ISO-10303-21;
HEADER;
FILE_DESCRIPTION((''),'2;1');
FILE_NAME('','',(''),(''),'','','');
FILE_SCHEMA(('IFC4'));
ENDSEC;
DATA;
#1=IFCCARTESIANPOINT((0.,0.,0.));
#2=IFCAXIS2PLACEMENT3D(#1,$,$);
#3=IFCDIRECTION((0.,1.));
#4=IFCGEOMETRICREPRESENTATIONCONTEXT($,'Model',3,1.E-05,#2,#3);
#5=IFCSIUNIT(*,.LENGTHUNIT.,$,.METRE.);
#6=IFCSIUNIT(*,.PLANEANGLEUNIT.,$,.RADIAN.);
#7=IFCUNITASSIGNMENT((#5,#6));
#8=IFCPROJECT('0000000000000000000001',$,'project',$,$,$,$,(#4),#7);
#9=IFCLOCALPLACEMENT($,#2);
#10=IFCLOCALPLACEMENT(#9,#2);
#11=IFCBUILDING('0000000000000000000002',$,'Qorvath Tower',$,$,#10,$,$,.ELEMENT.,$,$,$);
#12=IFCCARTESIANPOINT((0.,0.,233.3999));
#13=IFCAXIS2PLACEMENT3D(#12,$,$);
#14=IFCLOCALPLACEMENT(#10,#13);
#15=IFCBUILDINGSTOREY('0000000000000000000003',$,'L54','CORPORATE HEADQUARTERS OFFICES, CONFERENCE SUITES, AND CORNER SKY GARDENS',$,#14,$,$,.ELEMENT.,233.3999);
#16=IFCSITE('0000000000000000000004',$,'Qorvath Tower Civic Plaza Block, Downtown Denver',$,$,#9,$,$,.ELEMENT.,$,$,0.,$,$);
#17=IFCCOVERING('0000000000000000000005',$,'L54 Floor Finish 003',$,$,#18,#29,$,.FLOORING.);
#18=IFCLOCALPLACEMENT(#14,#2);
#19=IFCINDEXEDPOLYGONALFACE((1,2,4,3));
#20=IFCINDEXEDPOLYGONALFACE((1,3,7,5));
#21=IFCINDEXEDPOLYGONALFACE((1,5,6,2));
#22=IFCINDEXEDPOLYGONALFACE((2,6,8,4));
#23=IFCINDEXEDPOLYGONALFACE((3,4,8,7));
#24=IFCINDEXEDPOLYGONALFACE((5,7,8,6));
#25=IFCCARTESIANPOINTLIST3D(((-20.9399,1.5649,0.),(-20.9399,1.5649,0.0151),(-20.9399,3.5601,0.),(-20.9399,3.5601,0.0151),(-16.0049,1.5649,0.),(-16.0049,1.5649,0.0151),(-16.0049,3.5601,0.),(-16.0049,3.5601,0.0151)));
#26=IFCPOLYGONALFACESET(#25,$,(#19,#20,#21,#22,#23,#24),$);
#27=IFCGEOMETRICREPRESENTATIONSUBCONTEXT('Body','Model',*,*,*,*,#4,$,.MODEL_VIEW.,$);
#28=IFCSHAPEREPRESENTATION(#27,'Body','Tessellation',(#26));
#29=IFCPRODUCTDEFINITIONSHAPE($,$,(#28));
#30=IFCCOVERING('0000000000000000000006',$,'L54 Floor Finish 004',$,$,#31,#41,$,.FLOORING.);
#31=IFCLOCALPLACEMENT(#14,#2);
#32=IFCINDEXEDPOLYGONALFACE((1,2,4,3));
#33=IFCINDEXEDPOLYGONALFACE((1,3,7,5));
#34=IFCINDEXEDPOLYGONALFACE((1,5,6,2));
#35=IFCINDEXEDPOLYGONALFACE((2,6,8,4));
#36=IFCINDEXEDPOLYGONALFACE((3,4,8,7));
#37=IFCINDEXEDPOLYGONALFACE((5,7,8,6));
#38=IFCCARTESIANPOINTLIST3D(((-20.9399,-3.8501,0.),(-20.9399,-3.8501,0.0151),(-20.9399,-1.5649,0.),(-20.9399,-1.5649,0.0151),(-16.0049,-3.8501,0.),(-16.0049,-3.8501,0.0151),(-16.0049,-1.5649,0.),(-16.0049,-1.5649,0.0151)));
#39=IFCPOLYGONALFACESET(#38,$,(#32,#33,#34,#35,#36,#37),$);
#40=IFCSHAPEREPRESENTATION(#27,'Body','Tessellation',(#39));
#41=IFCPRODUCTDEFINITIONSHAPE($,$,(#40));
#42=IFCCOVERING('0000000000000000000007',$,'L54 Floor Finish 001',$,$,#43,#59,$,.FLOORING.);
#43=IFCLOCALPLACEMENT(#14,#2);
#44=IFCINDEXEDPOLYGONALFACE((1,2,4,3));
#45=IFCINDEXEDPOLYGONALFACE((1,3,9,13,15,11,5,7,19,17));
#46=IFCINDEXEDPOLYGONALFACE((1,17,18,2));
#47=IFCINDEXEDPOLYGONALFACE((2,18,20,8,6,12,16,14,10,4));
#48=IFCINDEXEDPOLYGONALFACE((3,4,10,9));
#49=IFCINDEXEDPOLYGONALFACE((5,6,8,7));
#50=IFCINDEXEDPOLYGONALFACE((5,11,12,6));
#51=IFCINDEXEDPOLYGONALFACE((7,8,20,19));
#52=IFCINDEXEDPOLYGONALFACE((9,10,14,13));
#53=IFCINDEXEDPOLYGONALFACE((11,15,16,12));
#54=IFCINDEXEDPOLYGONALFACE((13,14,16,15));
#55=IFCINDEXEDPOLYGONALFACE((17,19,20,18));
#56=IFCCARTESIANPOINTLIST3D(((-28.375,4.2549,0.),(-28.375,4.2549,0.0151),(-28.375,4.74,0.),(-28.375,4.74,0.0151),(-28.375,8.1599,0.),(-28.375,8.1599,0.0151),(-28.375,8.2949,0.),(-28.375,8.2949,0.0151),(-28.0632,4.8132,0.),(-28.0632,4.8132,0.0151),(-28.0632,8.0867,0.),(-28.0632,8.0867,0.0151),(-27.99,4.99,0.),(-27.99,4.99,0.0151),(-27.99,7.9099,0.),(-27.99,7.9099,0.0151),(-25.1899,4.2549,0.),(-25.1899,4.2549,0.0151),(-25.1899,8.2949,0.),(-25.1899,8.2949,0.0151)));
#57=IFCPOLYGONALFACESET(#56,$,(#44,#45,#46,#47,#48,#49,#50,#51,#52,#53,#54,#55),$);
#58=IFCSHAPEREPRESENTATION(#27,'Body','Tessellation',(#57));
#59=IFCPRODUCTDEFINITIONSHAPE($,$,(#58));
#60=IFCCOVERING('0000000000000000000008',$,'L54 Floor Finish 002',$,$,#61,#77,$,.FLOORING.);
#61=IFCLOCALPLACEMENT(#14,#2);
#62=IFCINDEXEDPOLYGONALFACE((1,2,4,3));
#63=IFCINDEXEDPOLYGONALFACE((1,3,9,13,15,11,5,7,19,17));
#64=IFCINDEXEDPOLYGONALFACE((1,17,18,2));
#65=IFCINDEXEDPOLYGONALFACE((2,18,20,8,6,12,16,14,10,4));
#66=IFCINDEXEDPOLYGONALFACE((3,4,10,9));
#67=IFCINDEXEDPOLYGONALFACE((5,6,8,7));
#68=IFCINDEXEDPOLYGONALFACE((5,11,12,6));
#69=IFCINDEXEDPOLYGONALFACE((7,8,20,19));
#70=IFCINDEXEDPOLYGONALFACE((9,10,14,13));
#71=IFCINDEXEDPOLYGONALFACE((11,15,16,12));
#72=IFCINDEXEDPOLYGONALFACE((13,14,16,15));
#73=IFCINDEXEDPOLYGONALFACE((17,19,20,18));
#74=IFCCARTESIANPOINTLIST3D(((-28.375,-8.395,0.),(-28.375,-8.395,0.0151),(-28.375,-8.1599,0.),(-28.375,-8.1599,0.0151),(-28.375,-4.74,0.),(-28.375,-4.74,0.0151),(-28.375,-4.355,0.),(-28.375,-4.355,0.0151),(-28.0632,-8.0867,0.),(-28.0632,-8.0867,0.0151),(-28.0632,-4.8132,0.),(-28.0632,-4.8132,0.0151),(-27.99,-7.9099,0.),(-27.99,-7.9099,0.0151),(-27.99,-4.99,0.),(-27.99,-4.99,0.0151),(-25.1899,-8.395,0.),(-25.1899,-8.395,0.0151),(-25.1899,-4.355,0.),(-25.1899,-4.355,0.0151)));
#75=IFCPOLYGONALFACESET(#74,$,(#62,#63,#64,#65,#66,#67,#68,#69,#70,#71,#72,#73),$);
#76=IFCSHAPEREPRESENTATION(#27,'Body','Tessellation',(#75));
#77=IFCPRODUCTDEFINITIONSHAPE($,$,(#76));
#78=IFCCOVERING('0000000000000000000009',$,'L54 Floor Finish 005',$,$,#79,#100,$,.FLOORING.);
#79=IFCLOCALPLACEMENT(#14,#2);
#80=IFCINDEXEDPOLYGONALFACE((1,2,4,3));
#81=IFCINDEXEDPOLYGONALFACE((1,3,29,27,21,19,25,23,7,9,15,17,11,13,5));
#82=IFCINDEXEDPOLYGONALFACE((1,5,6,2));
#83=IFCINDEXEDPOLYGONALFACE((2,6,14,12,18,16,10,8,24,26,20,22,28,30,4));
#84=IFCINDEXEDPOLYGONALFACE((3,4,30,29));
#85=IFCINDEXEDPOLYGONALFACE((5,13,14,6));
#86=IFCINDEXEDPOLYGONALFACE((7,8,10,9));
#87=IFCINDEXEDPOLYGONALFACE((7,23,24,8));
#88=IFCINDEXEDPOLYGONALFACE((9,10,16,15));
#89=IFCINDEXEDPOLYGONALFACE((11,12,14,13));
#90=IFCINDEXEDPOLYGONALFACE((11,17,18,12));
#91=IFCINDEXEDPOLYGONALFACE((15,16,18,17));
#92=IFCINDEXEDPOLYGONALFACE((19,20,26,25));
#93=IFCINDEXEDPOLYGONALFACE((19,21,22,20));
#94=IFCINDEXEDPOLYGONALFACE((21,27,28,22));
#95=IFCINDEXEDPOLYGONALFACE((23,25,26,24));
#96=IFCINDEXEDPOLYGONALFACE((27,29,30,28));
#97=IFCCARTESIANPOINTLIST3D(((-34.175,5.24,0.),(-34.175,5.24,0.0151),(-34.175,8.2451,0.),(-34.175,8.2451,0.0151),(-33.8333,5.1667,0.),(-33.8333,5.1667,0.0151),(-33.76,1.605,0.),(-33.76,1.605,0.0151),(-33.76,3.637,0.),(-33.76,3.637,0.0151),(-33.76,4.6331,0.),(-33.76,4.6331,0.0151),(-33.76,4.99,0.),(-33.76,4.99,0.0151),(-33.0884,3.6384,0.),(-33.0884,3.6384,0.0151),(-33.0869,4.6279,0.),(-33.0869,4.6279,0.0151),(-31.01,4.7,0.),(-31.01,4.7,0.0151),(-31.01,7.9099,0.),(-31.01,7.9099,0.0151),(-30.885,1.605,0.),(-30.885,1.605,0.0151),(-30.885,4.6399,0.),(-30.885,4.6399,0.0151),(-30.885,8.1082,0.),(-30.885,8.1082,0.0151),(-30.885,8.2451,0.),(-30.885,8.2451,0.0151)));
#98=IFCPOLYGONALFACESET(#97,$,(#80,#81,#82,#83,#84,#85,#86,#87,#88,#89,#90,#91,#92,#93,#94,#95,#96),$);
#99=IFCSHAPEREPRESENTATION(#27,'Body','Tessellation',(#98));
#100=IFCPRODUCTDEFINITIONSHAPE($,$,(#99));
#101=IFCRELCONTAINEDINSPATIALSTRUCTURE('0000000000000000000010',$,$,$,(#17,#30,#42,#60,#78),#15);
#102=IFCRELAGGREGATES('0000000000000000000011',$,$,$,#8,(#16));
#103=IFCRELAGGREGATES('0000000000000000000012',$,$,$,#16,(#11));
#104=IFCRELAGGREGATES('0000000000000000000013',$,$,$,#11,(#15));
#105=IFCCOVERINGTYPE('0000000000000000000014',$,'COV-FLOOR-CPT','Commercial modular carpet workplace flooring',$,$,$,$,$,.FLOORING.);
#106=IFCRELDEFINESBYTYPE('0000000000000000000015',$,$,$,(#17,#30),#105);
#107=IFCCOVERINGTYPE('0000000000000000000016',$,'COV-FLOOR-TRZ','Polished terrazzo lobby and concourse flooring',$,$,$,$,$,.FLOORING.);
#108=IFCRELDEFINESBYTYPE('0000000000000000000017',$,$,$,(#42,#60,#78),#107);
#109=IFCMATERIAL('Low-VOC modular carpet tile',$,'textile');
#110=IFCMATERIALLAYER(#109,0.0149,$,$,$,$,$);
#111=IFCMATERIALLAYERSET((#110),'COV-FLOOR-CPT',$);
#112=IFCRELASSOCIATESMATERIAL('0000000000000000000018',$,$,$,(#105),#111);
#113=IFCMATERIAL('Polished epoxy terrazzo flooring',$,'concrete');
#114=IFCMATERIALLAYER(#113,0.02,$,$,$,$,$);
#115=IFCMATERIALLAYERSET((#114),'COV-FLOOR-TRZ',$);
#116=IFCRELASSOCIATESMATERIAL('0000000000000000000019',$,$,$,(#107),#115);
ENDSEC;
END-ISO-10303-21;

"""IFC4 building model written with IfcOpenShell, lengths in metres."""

from ifc_helpers import new_model, si_unit, direction, frame, origin, place, context, subcontext, project, spatial, polyline, outline, extrude, material, layer, layer_set, type_object, element, save


model = new_model("IFC4")

# Units and contexts
model_context = context("Model", 3, precision=1e-05, world=origin(), true_north=direction((0.0, 1.0)))
body_context = subcontext(model_context, "Body", "Model", "MODEL_VIEW")
ifc_project = project(units=[si_unit("LENGTHUNIT", "METRE"), si_unit("PLANEANGLEUNIT", "RADIAN")], contexts=[model_context])

# Site, building, storey
site_placement = place(None, origin())
site = spatial("IfcSite", under=ifc_project, at=site_placement, Name="Qorvath Tower Civic Plaza Block, Downtown Denver", CompositionType="ELEMENT", RefElevation=0.0)
building_placement = place(site_placement, origin())
building = spatial("IfcBuilding", under=site, at=building_placement, Name="Qorvath Tower", CompositionType="ELEMENT")
storey_placement = place(building_placement, frame((0.0, 0.0, 233.3999)))
storey = spatial("IfcBuildingStorey", under=building, at=storey_placement, Name="L54", Description="CORPORATE HEADQUARTERS OFFICES, CONFERENCE SUITES, AND CORNER SKY GARDENS", CompositionType="ELEMENT", Elevation=233.3999)

# Coverings
ifc_material_1 = material(Name="Low-VOC modular carpet tile", Category="textile")
ifc_layer_1 = layer(ifc_material_1, 0.0149)
ifc_layer_set_1 = layer_set([ifc_layer_1], Name="COV-FLOOR-CPT")
covering_type_1 = type_object("IfcCoveringType", Name="COV-FLOOR-CPT", Description="Commercial modular carpet workplace flooring", PredefinedType="FLOORING", material=ifc_layer_set_1)
covering_1_placement = place(storey_placement, origin())
element("IfcCovering", 1, at=covering_1_placement, inside=storey, type_object=covering_type_1, Name="L54 Floor Finish 003", PredefinedType="FLOORING", context=body_context, shape_type="SweptSolid", body=[
    extrude(outline(polyline([(-16.0049, 3.5601), (-20.9399, 3.5601), (-20.9399, 1.5649), (-16.0049, 1.5649), (-16.0049, 3.5601)])), origin(), (0.0, 0.0, 1.0), 0.0151),
])
covering_2_placement = place(storey_placement, origin())
element("IfcCovering", 2, at=covering_2_placement, inside=storey, type_object=covering_type_1, Name="L54 Floor Finish 004", PredefinedType="FLOORING", context=body_context, shape_type="SweptSolid", body=[
    extrude(outline(polyline([(-20.9399, -1.5649), (-20.9399, -3.8501), (-16.0049, -3.8501), (-16.0049, -1.5649), (-20.9399, -1.5649)])), origin(), (0.0, 0.0, 1.0), 0.0151),
])
ifc_material_2 = material(Name="Polished epoxy terrazzo flooring", Category="concrete")
ifc_layer_2 = layer(ifc_material_2, 0.02)
ifc_layer_set_2 = layer_set([ifc_layer_2], Name="COV-FLOOR-TRZ")
covering_type_2 = type_object("IfcCoveringType", Name="COV-FLOOR-TRZ", Description="Polished terrazzo lobby and concourse flooring", PredefinedType="FLOORING", material=ifc_layer_set_2)
covering_3_placement = place(storey_placement, origin())
element("IfcCovering", 3, at=covering_3_placement, inside=storey, type_object=covering_type_2, Name="L54 Floor Finish 001", PredefinedType="FLOORING", context=body_context, shape_type="SweptSolid", body=[
    extrude(outline(polyline([(-25.1899, 4.2549), (-25.1899, 8.2949), (-28.375, 8.2949), (-28.375, 8.1599), (-28.0632, 8.0867), (-27.99, 7.9099), (-27.99, 4.99), (-28.0632, 4.8132), (-28.375, 4.74), (-28.375, 4.2549), (-25.1899, 4.2549)])), origin(), (0.0, 0.0, 1.0), 0.0151),
])
covering_4_placement = place(storey_placement, origin())
element("IfcCovering", 4, at=covering_4_placement, inside=storey, type_object=covering_type_2, Name="L54 Floor Finish 002", PredefinedType="FLOORING", context=body_context, shape_type="SweptSolid", body=[
    extrude(outline(polyline([(-25.1899, -8.395), (-25.1899, -4.355), (-28.375, -4.355), (-28.375, -4.74), (-28.0632, -4.8132), (-27.99, -4.99), (-27.99, -7.9099), (-28.0632, -8.0867), (-28.375, -8.1599), (-28.375, -8.395), (-25.1899, -8.395)])), origin(), (0.0, 0.0, 1.0), 0.0151),
])
covering_5_placement = place(storey_placement, origin())
element("IfcCovering", 5, at=covering_5_placement, inside=storey, type_object=covering_type_2, Name="L54 Floor Finish 005", PredefinedType="FLOORING", context=body_context, shape_type="SweptSolid", body=[
    extrude(outline(polyline([(-30.885, 8.2451), (-34.175, 8.2451), (-34.175, 5.24), (-33.8333, 5.1667), (-33.76, 4.99), (-33.76, 4.6331), (-33.0869, 4.6279), (-33.0884, 3.6384), (-33.76, 3.637), (-33.76, 1.605), (-30.885, 1.605), (-30.885, 4.6399), (-31.01, 4.7), (-31.01, 7.9099), (-30.885, 8.1082), (-30.885, 8.2451)])), origin(), (0.0, 0.0, 1.0), 0.0151),
])

save(model, "model.ifc")
